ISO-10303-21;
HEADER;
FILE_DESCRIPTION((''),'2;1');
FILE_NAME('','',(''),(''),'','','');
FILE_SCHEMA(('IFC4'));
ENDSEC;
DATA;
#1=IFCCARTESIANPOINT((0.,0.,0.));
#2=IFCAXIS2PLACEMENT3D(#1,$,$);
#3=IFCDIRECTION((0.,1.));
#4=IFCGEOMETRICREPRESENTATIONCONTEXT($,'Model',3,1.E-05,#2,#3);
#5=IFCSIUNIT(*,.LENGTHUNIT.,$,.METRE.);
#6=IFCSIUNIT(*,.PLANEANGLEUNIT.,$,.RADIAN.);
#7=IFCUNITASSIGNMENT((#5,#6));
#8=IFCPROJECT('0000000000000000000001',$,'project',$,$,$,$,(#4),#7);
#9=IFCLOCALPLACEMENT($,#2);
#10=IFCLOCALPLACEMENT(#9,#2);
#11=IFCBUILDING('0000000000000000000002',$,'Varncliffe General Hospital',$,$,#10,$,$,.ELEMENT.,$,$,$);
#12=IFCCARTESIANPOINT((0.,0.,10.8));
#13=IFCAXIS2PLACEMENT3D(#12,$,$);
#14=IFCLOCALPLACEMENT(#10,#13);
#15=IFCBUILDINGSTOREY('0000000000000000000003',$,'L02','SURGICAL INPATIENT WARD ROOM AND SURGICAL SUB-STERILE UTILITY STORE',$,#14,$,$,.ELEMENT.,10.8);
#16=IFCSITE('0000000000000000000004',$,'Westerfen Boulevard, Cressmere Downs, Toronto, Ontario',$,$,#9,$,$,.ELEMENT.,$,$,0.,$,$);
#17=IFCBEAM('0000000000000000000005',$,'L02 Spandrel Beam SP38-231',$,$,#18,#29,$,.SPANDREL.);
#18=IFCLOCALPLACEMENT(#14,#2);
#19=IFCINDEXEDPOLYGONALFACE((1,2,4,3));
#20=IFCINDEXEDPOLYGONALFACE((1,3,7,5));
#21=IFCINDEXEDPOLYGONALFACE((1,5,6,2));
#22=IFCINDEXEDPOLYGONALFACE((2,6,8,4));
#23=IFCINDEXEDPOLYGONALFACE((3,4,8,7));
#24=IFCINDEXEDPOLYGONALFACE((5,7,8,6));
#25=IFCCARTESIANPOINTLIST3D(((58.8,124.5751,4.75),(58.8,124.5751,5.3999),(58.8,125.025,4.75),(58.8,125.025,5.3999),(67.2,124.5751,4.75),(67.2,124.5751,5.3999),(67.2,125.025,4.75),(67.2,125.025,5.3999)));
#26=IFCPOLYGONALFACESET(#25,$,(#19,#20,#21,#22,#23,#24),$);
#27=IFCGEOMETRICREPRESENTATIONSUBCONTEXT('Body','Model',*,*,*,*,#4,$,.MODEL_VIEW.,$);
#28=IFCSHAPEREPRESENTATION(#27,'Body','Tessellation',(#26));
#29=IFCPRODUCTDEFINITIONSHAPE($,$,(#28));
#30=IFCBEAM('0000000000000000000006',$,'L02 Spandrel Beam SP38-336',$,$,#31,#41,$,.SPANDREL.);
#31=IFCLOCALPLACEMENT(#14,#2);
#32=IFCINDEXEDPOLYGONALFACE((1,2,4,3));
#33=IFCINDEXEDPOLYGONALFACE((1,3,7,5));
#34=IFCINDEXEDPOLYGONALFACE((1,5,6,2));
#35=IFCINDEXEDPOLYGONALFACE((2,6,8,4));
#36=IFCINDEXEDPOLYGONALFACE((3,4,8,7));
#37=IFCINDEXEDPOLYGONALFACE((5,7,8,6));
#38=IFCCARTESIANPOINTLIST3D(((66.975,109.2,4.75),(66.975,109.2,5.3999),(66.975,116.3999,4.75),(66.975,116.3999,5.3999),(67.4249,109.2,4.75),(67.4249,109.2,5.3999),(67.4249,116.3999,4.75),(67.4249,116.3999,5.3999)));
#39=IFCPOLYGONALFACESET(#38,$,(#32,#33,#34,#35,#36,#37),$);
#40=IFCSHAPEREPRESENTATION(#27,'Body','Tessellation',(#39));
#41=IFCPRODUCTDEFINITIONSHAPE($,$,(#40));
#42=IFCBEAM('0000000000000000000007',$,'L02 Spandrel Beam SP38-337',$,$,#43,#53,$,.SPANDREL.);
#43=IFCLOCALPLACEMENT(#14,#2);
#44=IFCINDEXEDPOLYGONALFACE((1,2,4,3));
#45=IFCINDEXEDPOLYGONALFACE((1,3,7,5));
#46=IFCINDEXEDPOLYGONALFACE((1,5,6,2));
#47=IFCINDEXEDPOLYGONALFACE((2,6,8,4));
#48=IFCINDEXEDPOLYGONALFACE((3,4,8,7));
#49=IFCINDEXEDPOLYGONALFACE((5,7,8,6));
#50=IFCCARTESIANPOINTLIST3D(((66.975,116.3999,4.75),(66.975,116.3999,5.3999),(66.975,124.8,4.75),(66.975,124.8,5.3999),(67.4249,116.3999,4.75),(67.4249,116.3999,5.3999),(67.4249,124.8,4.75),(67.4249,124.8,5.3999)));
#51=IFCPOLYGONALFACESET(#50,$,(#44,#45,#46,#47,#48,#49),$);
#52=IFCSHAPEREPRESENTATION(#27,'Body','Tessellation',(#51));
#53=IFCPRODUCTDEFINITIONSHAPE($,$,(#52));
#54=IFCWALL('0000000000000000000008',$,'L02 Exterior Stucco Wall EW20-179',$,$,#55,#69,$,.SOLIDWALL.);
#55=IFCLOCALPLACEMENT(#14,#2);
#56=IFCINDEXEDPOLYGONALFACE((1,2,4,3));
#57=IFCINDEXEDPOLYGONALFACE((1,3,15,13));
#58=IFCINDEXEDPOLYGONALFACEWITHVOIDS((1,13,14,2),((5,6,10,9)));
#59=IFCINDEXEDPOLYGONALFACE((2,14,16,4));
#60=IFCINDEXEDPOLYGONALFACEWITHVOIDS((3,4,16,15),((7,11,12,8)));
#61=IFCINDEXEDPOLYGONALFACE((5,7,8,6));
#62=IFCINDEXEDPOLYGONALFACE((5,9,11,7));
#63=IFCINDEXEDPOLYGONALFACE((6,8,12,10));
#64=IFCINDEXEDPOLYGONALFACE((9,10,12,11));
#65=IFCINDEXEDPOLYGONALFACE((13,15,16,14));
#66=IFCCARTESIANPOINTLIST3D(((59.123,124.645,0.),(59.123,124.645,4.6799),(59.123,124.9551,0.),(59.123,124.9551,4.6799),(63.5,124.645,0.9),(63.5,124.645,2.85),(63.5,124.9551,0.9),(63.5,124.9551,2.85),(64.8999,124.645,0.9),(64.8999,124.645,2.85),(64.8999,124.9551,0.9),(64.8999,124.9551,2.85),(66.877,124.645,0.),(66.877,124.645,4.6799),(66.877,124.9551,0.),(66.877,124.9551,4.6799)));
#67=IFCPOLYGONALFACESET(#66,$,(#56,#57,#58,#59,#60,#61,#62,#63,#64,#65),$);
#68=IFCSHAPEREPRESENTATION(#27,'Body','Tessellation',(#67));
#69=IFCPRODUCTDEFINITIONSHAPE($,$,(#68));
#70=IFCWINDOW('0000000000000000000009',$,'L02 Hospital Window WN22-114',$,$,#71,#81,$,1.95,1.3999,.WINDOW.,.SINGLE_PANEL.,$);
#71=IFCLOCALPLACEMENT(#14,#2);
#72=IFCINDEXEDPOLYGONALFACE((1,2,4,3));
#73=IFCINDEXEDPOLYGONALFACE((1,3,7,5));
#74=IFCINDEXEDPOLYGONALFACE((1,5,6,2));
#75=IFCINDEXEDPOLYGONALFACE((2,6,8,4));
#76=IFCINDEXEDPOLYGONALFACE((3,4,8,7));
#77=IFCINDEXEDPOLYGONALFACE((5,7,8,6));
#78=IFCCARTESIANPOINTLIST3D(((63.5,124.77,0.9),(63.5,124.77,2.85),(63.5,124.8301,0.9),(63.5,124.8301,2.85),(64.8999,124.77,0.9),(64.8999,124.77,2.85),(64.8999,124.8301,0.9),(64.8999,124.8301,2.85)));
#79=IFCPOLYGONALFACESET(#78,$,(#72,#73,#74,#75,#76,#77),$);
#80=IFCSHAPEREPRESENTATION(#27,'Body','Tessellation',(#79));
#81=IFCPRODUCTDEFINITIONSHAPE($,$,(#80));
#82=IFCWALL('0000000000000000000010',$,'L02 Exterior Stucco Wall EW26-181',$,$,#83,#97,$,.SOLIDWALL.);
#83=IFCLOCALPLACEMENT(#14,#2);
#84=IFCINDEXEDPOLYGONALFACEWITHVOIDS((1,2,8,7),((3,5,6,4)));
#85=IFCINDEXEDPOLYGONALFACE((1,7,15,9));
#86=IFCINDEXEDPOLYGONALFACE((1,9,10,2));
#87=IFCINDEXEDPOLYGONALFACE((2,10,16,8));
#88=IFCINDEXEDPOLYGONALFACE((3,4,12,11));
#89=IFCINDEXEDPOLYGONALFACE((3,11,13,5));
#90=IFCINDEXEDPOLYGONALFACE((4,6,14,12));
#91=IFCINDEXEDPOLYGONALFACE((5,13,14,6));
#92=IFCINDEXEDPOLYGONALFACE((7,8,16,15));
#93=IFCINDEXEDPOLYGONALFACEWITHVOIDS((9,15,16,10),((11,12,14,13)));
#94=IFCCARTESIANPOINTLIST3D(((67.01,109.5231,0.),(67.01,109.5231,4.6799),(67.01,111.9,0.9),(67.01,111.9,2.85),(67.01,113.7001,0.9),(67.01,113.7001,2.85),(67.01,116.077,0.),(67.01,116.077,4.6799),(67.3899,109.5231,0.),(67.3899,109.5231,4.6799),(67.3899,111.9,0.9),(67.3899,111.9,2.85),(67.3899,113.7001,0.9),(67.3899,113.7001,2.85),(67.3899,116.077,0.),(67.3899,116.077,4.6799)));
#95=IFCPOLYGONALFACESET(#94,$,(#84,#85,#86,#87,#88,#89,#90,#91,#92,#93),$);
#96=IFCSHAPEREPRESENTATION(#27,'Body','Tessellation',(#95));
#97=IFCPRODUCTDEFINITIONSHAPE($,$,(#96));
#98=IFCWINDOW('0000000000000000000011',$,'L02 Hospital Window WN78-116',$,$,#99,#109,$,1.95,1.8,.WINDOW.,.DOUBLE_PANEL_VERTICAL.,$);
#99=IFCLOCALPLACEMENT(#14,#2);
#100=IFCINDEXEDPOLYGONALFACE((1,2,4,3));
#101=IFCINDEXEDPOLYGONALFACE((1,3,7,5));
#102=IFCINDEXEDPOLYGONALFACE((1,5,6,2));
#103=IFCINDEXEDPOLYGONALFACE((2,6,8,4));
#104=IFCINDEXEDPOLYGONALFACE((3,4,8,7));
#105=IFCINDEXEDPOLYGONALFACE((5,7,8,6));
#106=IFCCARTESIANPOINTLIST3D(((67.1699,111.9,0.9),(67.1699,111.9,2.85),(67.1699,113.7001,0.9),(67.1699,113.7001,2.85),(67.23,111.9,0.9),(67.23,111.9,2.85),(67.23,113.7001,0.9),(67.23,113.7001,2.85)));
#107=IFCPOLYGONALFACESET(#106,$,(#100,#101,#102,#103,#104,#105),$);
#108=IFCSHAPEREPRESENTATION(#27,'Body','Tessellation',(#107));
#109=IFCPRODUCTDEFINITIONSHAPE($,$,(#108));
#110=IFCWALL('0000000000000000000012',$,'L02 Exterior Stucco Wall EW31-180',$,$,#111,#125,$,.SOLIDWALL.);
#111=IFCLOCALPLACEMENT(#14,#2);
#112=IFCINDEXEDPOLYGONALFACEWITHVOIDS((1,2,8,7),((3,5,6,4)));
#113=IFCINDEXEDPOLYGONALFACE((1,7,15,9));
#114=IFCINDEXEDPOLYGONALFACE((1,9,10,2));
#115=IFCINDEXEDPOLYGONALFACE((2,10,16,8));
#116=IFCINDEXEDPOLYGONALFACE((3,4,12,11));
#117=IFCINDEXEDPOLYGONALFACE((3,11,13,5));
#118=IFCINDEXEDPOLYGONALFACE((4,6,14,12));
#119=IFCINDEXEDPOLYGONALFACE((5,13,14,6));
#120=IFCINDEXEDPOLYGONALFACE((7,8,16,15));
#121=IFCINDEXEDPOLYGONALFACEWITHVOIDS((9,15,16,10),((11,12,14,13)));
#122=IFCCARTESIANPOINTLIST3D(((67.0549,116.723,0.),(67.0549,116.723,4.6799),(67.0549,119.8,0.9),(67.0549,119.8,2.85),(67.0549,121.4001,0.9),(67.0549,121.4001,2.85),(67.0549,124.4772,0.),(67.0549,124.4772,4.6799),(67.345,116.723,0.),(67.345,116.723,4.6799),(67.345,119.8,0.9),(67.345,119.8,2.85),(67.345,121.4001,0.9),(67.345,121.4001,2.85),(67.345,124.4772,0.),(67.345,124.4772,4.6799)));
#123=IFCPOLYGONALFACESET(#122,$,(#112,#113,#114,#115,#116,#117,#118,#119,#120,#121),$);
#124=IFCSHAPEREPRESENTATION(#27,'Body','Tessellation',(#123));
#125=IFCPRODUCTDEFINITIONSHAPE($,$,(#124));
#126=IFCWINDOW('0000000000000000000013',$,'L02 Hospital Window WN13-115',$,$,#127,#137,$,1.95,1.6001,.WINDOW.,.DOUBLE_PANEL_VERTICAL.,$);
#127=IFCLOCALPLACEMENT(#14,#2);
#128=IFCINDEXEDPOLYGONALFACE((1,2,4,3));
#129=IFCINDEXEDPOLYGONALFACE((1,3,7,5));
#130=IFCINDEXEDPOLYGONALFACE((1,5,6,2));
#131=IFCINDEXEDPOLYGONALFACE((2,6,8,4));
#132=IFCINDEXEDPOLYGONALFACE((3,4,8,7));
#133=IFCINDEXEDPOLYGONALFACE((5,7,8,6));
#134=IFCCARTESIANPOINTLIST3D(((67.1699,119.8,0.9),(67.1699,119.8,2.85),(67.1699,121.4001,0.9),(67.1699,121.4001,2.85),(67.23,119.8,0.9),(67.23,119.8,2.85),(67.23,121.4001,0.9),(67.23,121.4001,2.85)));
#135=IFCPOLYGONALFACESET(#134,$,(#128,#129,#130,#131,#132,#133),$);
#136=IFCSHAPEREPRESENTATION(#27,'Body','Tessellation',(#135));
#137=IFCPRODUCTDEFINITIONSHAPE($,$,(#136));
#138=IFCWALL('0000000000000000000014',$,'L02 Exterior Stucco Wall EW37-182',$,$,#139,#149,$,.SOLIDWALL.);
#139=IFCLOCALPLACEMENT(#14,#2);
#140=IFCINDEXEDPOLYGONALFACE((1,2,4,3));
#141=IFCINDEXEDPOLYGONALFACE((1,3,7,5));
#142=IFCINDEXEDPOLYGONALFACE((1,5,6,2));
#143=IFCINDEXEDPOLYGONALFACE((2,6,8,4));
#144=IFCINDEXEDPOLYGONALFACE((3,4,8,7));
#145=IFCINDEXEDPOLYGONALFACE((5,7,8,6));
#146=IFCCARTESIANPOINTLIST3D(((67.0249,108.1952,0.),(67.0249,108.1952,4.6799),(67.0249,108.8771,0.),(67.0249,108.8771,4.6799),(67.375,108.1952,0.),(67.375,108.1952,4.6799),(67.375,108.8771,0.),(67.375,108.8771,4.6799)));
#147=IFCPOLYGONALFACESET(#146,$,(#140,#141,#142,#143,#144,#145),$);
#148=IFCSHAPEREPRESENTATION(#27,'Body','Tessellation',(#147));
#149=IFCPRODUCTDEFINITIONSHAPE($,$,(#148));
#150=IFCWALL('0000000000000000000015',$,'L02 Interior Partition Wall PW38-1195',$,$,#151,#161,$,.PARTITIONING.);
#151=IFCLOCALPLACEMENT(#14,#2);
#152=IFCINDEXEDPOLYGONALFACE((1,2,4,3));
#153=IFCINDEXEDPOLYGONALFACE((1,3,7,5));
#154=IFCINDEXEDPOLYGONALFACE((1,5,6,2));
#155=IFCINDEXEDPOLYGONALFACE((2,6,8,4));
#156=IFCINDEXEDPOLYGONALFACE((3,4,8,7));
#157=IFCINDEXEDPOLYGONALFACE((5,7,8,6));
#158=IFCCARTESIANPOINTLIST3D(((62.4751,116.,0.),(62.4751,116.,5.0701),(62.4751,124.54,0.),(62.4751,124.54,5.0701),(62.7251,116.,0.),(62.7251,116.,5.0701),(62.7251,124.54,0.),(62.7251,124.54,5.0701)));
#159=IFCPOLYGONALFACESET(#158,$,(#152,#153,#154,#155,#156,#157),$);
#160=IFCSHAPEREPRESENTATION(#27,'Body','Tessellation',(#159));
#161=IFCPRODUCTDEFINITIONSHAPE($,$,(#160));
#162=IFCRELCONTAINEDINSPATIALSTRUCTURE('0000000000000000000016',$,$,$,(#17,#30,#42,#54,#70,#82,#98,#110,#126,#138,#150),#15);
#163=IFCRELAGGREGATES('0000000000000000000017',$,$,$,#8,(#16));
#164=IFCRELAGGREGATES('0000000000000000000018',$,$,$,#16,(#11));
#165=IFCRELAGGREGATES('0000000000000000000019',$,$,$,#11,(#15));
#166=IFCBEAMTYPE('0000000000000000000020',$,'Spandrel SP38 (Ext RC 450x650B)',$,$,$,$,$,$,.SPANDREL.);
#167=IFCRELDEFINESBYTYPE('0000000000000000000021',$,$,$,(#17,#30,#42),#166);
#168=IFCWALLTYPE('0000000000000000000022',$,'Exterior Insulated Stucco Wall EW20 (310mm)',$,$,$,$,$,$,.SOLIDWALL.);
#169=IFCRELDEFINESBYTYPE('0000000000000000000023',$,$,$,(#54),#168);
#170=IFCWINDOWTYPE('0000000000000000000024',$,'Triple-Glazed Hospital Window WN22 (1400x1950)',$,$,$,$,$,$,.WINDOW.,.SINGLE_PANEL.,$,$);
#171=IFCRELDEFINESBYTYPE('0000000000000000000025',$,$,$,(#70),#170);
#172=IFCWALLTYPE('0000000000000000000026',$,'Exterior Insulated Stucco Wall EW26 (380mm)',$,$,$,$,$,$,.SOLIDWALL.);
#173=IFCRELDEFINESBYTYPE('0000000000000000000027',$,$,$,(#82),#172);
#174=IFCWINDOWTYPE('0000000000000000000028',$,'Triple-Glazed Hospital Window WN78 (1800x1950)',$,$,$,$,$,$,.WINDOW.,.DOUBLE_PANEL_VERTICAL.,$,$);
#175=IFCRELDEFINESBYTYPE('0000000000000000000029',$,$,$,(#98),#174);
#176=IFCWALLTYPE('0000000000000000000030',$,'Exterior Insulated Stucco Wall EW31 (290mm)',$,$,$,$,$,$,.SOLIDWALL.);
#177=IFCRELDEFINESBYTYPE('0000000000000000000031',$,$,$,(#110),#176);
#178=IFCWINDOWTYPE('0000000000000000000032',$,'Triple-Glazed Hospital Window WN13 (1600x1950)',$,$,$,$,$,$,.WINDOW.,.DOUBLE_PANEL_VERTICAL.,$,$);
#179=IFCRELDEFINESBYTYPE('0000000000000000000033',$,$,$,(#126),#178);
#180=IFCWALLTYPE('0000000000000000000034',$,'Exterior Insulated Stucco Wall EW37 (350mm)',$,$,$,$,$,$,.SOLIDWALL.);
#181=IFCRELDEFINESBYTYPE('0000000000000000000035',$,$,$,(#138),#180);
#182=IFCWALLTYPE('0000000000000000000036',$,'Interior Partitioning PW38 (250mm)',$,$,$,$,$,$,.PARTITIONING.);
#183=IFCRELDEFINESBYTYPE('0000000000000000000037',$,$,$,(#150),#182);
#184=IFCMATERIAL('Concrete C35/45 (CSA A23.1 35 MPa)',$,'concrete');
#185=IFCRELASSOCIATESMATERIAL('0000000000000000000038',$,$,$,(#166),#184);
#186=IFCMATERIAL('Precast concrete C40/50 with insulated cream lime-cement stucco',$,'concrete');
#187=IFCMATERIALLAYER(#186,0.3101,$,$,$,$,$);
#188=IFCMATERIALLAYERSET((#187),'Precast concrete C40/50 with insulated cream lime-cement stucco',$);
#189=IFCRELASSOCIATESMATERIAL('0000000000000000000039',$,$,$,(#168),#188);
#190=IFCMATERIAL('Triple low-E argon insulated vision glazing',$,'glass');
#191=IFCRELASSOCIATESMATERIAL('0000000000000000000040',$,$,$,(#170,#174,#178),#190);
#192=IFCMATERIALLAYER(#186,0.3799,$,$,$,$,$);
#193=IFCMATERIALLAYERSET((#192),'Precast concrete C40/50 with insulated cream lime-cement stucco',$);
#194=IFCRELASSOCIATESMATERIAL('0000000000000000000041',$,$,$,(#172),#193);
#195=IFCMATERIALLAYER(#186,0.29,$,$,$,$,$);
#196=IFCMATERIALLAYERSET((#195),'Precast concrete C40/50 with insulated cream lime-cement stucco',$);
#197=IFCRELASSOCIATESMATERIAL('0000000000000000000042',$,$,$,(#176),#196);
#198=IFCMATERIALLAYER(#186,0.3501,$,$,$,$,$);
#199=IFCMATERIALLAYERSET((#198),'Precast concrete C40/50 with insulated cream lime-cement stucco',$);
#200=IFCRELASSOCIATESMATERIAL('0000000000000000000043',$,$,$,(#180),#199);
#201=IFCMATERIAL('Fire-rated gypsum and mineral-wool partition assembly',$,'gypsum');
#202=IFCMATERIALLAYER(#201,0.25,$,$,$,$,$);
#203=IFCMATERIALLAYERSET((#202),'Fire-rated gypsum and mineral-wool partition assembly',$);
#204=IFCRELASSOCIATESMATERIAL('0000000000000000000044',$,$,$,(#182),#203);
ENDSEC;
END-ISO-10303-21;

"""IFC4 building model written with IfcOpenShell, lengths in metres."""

from ifc_helpers import new_model, si_unit, direction, frame, frame_2d, origin, origin_2d, place, context, subcontext, project, spatial, rectangle, extrude, material, layer, layer_set, material_profile, profile_set, type_object, element, fill, save


model = new_model("IFC4")

# Units and contexts
model_context = context("Model", 3, precision=1e-05, world=origin(), true_north=direction((0.0, 1.0)))
body_context = subcontext(model_context, "Body", "Model", "MODEL_VIEW")
ifc_project = project(units=[si_unit("LENGTHUNIT", "METRE"), si_unit("PLANEANGLEUNIT", "RADIAN")], contexts=[model_context])

# Site, building, storey
site_placement = place(None, origin())
site = spatial("IfcSite", under=ifc_project, at=site_placement, Name="Westerfen Boulevard, Cressmere Downs, Toronto, Ontario", CompositionType="ELEMENT", RefElevation=0.0)
building_placement = place(site_placement, origin())
building = spatial("IfcBuilding", under=site, at=building_placement, Name="Varncliffe General Hospital", CompositionType="ELEMENT")
storey_placement = place(building_placement, frame((0.0, 0.0, 10.8)))
storey = spatial("IfcBuildingStorey", under=building, at=storey_placement, Name="L02", Description="SURGICAL INPATIENT WARD ROOM AND SURGICAL SUB-STERILE UTILITY STORE", CompositionType="ELEMENT", Elevation=10.8)

# Shared definitions
ifc_material_1 = material(Name="Concrete C35/45 (CSA A23.1 35 MPa)", Category="concrete")

# Shared definitions
ifc_material_2 = material(Name="Triple low-E argon insulated vision glazing", Category="glass")

# Beams
ifc_material_profile_1 = material_profile(ifc_material_1, rectangle(XDim=0.45, YDim=0.6499, at=origin_2d()), Name="RC 450x650")
ifc_profile_set_1 = profile_set([ifc_material_profile_1], Name="Concrete C35/45 (CSA A23.1 35 MPa)")
beam_type_1 = type_object("IfcBeamType", Name="Spandrel SP38 (Ext RC 450x650B)", PredefinedType="SPANDREL", material=ifc_profile_set_1)
beam_1_placement = place(storey_placement, frame((58.8, 124.8, 5.075), z_axis=(1.0, 0.0, 0.0), x_axis=(0.0, 1.0, 0.0)))
element("IfcBeam", 1, at=beam_1_placement, inside=storey, type_object=beam_type_1, Name="L02 Spandrel Beam SP38-231", PredefinedType="SPANDREL", context=body_context, shape_type="SweptSolid", body=[
    extrude(rectangle(XDim=0.45, YDim=0.6499, at=origin_2d()), origin(), (0.0, 0.0, 1.0), 8.3999),
])
beam_2_placement = place(storey_placement, frame((67.2, 109.2, 5.075), z_axis=(0.0, 1.0, 0.0), x_axis=(-1.0, 0.0, 0.0)))
element("IfcBeam", 2, at=beam_2_placement, inside=storey, type_object=beam_type_1, Name="L02 Spandrel Beam SP38-336", PredefinedType="SPANDREL", context=body_context, shape_type="SweptSolid", body=[
    extrude(rectangle(XDim=0.45, YDim=0.6499, at=origin_2d()), origin(), (0.0, 0.0, 1.0), 7.2),
])
beam_3_placement = place(storey_placement, frame((67.2, 116.3999, 5.075), z_axis=(0.0, 1.0, 0.0), x_axis=(-1.0, 0.0, 0.0)))
element("IfcBeam", 3, at=beam_3_placement, inside=storey, type_object=beam_type_1, Name="L02 Spandrel Beam SP38-337", PredefinedType="SPANDREL", context=body_context, shape_type="SweptSolid", body=[
    extrude(rectangle(XDim=0.45, YDim=0.6499, at=origin_2d()), origin(), (0.0, 0.0, 1.0), 8.4001),
])

# Walls, openings, windows
ifc_material_3 = material(Name="Precast concrete C40/50 with insulated cream lime-cement stucco", Category="concrete")
ifc_layer_1 = layer(ifc_material_3, 0.3101)
ifc_layer_set_1 = layer_set([ifc_layer_1], Name="Precast concrete C40/50 with insulated cream lime-cement stucco")
wall_type_1 = type_object("IfcWallType", Name="Exterior Insulated Stucco Wall EW20 (310mm)", PredefinedType="SOLIDWALL", material=ifc_layer_set_1)
wall_1_placement = place(storey_placement, frame((59.123, 124.8, 0.0), z_axis=(0.0, 0.0, 1.0), x_axis=(1.0, 0.0, 0.0)))
wall_1 = element("IfcWall", 4, at=wall_1_placement, inside=storey, type_object=wall_type_1, Name="L02 Exterior Stucco Wall EW20-179", PredefinedType="SOLIDWALL", context=body_context, shape_type="SweptSolid", body=[
    extrude(rectangle(XDim=7.7539, YDim=0.3101, at=frame_2d((3.877, 0.0))), origin(), (0.0, 0.0, 1.0), 4.6799),
])
opening_1_placement = place(wall_1_placement, frame((4.377, 0.0, 0.8999)))
opening_1 = element("IfcOpeningElement", 5, at=opening_1_placement, cuts=wall_1, PredefinedType="OPENING", context=body_context, shape_type="SweptSolid", body=[
    extrude(rectangle(XDim=1.3999, YDim=1.95, at=frame_2d((0.7, 0.9751))), frame((0.0, 0.165, 0.0), z_axis=(0.0, -1.0, 0.0), x_axis=(1.0, 0.0, 0.0)), (0.0, 0.0, 1.0), 0.3301),
])
window_type_1 = type_object("IfcWindowType", Name="Triple-Glazed Hospital Window WN22 (1400x1950)", PartitioningType="SINGLE_PANEL", PredefinedType="WINDOW", material=ifc_material_2)
window_1_placement = place(opening_1_placement, origin())
window_1 = element("IfcWindow", 6, at=window_1_placement, inside=storey, type_object=window_type_1, Name="L02 Hospital Window WN22-114", OverallHeight=1.95, OverallWidth=1.3999, PartitioningType="SINGLE_PANEL", PredefinedType="WINDOW", context=body_context, shape_type="SweptSolid", body=[
    extrude(rectangle(XDim=1.3999, YDim=1.95, at=frame_2d((0.7, 0.9751))), frame((0.0, 0.03, 0.0), z_axis=(0.0, -1.0, 0.0), x_axis=(1.0, 0.0, 0.0)), (0.0, 0.0, 1.0), 0.0601),
])
fill(opening_1, window_1)
ifc_layer_2 = layer(ifc_material_3, 0.3799)
ifc_layer_set_2 = layer_set([ifc_layer_2], Name="Precast concrete C40/50 with insulated cream lime-cement stucco")
wall_type_2 = type_object("IfcWallType", Name="Exterior Insulated Stucco Wall EW26 (380mm)", PredefinedType="SOLIDWALL", material=ifc_layer_set_2)
wall_2_placement = place(storey_placement, frame((67.2, 116.0769, 0.0), z_axis=(0.0, 0.0, 1.0), x_axis=(0.0, -1.0, 0.0)))
wall_2 = element("IfcWall", 7, at=wall_2_placement, inside=storey, type_object=wall_type_2, Name="L02 Exterior Stucco Wall EW26-181", PredefinedType="SOLIDWALL", context=body_context, shape_type="SweptSolid", body=[
    extrude(rectangle(XDim=6.554, YDim=0.3799, at=frame_2d((3.2769, 0.0))), origin(), (0.0, 0.0, 1.0), 4.6799),
])
opening_2_placement = place(wall_2_placement, frame((2.377, 0.0, 0.8999)))
opening_2 = element("IfcOpeningElement", 8, at=opening_2_placement, cuts=wall_2, PredefinedType="OPENING", context=body_context, shape_type="SweptSolid", body=[
    extrude(rectangle(XDim=1.8, YDim=1.95, at=frame_2d((0.8999, 0.9751))), frame((0.0, 0.2, 0.0), z_axis=(0.0, -1.0, 0.0), x_axis=(1.0, 0.0, 0.0)), (0.0, 0.0, 1.0), 0.3999),
])
window_type_2 = type_object("IfcWindowType", Name="Triple-Glazed Hospital Window WN78 (1800x1950)", PartitioningType="DOUBLE_PANEL_VERTICAL", PredefinedType="WINDOW", material=ifc_material_2)
window_2_placement = place(opening_2_placement, origin())
window_2 = element("IfcWindow", 9, at=window_2_placement, inside=storey, type_object=window_type_2, Name="L02 Hospital Window WN78-116", OverallHeight=1.95, OverallWidth=1.8, PartitioningType="DOUBLE_PANEL_VERTICAL", PredefinedType="WINDOW", context=body_context, shape_type="SweptSolid", body=[
    extrude(rectangle(XDim=1.8, YDim=1.95, at=frame_2d((0.8999, 0.9751))), frame((0.0, 0.03, 0.0), z_axis=(0.0, -1.0, 0.0), x_axis=(1.0, 0.0, 0.0)), (0.0, 0.0, 1.0), 0.0601),
])
fill(opening_2, window_2)
ifc_layer_3 = layer(ifc_material_3, 0.29)
ifc_layer_set_3 = layer_set([ifc_layer_3], Name="Precast concrete C40/50 with insulated cream lime-cement stucco")
wall_type_3 = type_object("IfcWallType", Name="Exterior Insulated Stucco Wall EW31 (290mm)", PredefinedType="SOLIDWALL", material=ifc_layer_set_3)
wall_3_placement = place(storey_placement, frame((67.2, 124.4771, 0.0), z_axis=(0.0, 0.0, 1.0), x_axis=(0.0, -1.0, 0.0)))
wall_3 = element("IfcWall", 10, at=wall_3_placement, inside=storey, type_object=wall_type_3, Name="L02 Exterior Stucco Wall EW31-180", PredefinedType="SOLIDWALL", context=body_context, shape_type="SweptSolid", body=[
    extrude(rectangle(XDim=7.7542, YDim=0.29, at=frame_2d((3.877, 0.0))), origin(), (0.0, 0.0, 1.0), 4.6799),
])
opening_3_placement = place(wall_3_placement, frame((3.0769, 0.0, 0.8999)))
opening_3 = element("IfcOpeningElement", 11, at=opening_3_placement, cuts=wall_3, PredefinedType="OPENING", context=body_context, shape_type="SweptSolid", body=[
    extrude(rectangle(XDim=1.6001, YDim=1.95, at=frame_2d((0.8, 0.9751))), frame((0.0, 0.155, 0.0), z_axis=(0.0, -1.0, 0.0), x_axis=(1.0, 0.0, 0.0)), (0.0, 0.0, 1.0), 0.3101),
])
window_type_3 = type_object("IfcWindowType", Name="Triple-Glazed Hospital Window WN13 (1600x1950)", PartitioningType="DOUBLE_PANEL_VERTICAL", PredefinedType="WINDOW", material=ifc_material_2)
window_3_placement = place(opening_3_placement, origin())
window_3 = element("IfcWindow", 12, at=window_3_placement, inside=storey, type_object=window_type_3, Name="L02 Hospital Window WN13-115", OverallHeight=1.95, OverallWidth=1.6001, PartitioningType="DOUBLE_PANEL_VERTICAL", PredefinedType="WINDOW", context=body_context, shape_type="SweptSolid", body=[
    extrude(rectangle(XDim=1.6001, YDim=1.95, at=frame_2d((0.8, 0.9751))), frame((0.0, 0.03, 0.0), z_axis=(0.0, -1.0, 0.0), x_axis=(1.0, 0.0, 0.0)), (0.0, 0.0, 1.0), 0.0601),
])
fill(opening_3, window_3)

# Walls
ifc_layer_4 = layer(ifc_material_3, 0.3501)
ifc_layer_set_4 = layer_set([ifc_layer_4], Name="Precast concrete C40/50 with insulated cream lime-cement stucco")
wall_type_4 = type_object("IfcWallType", Name="Exterior Insulated Stucco Wall EW37 (350mm)", PredefinedType="SOLIDWALL", material=ifc_layer_set_4)
wall_4_placement = place(storey_placement, frame((67.2, 108.877, 0.0), z_axis=(0.0, 0.0, 1.0), x_axis=(0.0, -1.0, 0.0)))
element("IfcWall", 13, at=wall_4_placement, inside=storey, type_object=wall_type_4, Name="L02 Exterior Stucco Wall EW37-182", PredefinedType="SOLIDWALL", context=body_context, shape_type="SweptSolid", body=[
    extrude(rectangle(XDim=0.6819, YDim=0.3501, at=frame_2d((0.3408, 0.0))), origin(), (0.0, 0.0, 1.0), 4.6799),
])
ifc_material_4 = material(Name="Fire-rated gypsum and mineral-wool partition assembly", Category="gypsum")
ifc_layer_5 = layer(ifc_material_4, 0.25)
ifc_layer_set_5 = layer_set([ifc_layer_5], Name="Fire-rated gypsum and mineral-wool partition assembly")
wall_type_5 = type_object("IfcWallType", Name="Interior Partitioning PW38 (250mm)", PredefinedType="PARTITIONING", material=ifc_layer_set_5)
wall_5_placement = place(storey_placement, frame((62.6001, 116.0, 0.0), z_axis=(0.0, 0.0, 1.0), x_axis=(0.0, 1.0, 0.0)))
element("IfcWall", 14, at=wall_5_placement, inside=storey, type_object=wall_type_5, Name="L02 Interior Partition Wall PW38-1195", PredefinedType="PARTITIONING", context=body_context, shape_type="SweptSolid", body=[
    extrude(rectangle(XDim=8.54, YDim=0.25, at=frame_2d((4.27, 0.0))), origin(), (0.0, 0.0, 1.0), 5.0701),
])

save(model, "model.ifc")
